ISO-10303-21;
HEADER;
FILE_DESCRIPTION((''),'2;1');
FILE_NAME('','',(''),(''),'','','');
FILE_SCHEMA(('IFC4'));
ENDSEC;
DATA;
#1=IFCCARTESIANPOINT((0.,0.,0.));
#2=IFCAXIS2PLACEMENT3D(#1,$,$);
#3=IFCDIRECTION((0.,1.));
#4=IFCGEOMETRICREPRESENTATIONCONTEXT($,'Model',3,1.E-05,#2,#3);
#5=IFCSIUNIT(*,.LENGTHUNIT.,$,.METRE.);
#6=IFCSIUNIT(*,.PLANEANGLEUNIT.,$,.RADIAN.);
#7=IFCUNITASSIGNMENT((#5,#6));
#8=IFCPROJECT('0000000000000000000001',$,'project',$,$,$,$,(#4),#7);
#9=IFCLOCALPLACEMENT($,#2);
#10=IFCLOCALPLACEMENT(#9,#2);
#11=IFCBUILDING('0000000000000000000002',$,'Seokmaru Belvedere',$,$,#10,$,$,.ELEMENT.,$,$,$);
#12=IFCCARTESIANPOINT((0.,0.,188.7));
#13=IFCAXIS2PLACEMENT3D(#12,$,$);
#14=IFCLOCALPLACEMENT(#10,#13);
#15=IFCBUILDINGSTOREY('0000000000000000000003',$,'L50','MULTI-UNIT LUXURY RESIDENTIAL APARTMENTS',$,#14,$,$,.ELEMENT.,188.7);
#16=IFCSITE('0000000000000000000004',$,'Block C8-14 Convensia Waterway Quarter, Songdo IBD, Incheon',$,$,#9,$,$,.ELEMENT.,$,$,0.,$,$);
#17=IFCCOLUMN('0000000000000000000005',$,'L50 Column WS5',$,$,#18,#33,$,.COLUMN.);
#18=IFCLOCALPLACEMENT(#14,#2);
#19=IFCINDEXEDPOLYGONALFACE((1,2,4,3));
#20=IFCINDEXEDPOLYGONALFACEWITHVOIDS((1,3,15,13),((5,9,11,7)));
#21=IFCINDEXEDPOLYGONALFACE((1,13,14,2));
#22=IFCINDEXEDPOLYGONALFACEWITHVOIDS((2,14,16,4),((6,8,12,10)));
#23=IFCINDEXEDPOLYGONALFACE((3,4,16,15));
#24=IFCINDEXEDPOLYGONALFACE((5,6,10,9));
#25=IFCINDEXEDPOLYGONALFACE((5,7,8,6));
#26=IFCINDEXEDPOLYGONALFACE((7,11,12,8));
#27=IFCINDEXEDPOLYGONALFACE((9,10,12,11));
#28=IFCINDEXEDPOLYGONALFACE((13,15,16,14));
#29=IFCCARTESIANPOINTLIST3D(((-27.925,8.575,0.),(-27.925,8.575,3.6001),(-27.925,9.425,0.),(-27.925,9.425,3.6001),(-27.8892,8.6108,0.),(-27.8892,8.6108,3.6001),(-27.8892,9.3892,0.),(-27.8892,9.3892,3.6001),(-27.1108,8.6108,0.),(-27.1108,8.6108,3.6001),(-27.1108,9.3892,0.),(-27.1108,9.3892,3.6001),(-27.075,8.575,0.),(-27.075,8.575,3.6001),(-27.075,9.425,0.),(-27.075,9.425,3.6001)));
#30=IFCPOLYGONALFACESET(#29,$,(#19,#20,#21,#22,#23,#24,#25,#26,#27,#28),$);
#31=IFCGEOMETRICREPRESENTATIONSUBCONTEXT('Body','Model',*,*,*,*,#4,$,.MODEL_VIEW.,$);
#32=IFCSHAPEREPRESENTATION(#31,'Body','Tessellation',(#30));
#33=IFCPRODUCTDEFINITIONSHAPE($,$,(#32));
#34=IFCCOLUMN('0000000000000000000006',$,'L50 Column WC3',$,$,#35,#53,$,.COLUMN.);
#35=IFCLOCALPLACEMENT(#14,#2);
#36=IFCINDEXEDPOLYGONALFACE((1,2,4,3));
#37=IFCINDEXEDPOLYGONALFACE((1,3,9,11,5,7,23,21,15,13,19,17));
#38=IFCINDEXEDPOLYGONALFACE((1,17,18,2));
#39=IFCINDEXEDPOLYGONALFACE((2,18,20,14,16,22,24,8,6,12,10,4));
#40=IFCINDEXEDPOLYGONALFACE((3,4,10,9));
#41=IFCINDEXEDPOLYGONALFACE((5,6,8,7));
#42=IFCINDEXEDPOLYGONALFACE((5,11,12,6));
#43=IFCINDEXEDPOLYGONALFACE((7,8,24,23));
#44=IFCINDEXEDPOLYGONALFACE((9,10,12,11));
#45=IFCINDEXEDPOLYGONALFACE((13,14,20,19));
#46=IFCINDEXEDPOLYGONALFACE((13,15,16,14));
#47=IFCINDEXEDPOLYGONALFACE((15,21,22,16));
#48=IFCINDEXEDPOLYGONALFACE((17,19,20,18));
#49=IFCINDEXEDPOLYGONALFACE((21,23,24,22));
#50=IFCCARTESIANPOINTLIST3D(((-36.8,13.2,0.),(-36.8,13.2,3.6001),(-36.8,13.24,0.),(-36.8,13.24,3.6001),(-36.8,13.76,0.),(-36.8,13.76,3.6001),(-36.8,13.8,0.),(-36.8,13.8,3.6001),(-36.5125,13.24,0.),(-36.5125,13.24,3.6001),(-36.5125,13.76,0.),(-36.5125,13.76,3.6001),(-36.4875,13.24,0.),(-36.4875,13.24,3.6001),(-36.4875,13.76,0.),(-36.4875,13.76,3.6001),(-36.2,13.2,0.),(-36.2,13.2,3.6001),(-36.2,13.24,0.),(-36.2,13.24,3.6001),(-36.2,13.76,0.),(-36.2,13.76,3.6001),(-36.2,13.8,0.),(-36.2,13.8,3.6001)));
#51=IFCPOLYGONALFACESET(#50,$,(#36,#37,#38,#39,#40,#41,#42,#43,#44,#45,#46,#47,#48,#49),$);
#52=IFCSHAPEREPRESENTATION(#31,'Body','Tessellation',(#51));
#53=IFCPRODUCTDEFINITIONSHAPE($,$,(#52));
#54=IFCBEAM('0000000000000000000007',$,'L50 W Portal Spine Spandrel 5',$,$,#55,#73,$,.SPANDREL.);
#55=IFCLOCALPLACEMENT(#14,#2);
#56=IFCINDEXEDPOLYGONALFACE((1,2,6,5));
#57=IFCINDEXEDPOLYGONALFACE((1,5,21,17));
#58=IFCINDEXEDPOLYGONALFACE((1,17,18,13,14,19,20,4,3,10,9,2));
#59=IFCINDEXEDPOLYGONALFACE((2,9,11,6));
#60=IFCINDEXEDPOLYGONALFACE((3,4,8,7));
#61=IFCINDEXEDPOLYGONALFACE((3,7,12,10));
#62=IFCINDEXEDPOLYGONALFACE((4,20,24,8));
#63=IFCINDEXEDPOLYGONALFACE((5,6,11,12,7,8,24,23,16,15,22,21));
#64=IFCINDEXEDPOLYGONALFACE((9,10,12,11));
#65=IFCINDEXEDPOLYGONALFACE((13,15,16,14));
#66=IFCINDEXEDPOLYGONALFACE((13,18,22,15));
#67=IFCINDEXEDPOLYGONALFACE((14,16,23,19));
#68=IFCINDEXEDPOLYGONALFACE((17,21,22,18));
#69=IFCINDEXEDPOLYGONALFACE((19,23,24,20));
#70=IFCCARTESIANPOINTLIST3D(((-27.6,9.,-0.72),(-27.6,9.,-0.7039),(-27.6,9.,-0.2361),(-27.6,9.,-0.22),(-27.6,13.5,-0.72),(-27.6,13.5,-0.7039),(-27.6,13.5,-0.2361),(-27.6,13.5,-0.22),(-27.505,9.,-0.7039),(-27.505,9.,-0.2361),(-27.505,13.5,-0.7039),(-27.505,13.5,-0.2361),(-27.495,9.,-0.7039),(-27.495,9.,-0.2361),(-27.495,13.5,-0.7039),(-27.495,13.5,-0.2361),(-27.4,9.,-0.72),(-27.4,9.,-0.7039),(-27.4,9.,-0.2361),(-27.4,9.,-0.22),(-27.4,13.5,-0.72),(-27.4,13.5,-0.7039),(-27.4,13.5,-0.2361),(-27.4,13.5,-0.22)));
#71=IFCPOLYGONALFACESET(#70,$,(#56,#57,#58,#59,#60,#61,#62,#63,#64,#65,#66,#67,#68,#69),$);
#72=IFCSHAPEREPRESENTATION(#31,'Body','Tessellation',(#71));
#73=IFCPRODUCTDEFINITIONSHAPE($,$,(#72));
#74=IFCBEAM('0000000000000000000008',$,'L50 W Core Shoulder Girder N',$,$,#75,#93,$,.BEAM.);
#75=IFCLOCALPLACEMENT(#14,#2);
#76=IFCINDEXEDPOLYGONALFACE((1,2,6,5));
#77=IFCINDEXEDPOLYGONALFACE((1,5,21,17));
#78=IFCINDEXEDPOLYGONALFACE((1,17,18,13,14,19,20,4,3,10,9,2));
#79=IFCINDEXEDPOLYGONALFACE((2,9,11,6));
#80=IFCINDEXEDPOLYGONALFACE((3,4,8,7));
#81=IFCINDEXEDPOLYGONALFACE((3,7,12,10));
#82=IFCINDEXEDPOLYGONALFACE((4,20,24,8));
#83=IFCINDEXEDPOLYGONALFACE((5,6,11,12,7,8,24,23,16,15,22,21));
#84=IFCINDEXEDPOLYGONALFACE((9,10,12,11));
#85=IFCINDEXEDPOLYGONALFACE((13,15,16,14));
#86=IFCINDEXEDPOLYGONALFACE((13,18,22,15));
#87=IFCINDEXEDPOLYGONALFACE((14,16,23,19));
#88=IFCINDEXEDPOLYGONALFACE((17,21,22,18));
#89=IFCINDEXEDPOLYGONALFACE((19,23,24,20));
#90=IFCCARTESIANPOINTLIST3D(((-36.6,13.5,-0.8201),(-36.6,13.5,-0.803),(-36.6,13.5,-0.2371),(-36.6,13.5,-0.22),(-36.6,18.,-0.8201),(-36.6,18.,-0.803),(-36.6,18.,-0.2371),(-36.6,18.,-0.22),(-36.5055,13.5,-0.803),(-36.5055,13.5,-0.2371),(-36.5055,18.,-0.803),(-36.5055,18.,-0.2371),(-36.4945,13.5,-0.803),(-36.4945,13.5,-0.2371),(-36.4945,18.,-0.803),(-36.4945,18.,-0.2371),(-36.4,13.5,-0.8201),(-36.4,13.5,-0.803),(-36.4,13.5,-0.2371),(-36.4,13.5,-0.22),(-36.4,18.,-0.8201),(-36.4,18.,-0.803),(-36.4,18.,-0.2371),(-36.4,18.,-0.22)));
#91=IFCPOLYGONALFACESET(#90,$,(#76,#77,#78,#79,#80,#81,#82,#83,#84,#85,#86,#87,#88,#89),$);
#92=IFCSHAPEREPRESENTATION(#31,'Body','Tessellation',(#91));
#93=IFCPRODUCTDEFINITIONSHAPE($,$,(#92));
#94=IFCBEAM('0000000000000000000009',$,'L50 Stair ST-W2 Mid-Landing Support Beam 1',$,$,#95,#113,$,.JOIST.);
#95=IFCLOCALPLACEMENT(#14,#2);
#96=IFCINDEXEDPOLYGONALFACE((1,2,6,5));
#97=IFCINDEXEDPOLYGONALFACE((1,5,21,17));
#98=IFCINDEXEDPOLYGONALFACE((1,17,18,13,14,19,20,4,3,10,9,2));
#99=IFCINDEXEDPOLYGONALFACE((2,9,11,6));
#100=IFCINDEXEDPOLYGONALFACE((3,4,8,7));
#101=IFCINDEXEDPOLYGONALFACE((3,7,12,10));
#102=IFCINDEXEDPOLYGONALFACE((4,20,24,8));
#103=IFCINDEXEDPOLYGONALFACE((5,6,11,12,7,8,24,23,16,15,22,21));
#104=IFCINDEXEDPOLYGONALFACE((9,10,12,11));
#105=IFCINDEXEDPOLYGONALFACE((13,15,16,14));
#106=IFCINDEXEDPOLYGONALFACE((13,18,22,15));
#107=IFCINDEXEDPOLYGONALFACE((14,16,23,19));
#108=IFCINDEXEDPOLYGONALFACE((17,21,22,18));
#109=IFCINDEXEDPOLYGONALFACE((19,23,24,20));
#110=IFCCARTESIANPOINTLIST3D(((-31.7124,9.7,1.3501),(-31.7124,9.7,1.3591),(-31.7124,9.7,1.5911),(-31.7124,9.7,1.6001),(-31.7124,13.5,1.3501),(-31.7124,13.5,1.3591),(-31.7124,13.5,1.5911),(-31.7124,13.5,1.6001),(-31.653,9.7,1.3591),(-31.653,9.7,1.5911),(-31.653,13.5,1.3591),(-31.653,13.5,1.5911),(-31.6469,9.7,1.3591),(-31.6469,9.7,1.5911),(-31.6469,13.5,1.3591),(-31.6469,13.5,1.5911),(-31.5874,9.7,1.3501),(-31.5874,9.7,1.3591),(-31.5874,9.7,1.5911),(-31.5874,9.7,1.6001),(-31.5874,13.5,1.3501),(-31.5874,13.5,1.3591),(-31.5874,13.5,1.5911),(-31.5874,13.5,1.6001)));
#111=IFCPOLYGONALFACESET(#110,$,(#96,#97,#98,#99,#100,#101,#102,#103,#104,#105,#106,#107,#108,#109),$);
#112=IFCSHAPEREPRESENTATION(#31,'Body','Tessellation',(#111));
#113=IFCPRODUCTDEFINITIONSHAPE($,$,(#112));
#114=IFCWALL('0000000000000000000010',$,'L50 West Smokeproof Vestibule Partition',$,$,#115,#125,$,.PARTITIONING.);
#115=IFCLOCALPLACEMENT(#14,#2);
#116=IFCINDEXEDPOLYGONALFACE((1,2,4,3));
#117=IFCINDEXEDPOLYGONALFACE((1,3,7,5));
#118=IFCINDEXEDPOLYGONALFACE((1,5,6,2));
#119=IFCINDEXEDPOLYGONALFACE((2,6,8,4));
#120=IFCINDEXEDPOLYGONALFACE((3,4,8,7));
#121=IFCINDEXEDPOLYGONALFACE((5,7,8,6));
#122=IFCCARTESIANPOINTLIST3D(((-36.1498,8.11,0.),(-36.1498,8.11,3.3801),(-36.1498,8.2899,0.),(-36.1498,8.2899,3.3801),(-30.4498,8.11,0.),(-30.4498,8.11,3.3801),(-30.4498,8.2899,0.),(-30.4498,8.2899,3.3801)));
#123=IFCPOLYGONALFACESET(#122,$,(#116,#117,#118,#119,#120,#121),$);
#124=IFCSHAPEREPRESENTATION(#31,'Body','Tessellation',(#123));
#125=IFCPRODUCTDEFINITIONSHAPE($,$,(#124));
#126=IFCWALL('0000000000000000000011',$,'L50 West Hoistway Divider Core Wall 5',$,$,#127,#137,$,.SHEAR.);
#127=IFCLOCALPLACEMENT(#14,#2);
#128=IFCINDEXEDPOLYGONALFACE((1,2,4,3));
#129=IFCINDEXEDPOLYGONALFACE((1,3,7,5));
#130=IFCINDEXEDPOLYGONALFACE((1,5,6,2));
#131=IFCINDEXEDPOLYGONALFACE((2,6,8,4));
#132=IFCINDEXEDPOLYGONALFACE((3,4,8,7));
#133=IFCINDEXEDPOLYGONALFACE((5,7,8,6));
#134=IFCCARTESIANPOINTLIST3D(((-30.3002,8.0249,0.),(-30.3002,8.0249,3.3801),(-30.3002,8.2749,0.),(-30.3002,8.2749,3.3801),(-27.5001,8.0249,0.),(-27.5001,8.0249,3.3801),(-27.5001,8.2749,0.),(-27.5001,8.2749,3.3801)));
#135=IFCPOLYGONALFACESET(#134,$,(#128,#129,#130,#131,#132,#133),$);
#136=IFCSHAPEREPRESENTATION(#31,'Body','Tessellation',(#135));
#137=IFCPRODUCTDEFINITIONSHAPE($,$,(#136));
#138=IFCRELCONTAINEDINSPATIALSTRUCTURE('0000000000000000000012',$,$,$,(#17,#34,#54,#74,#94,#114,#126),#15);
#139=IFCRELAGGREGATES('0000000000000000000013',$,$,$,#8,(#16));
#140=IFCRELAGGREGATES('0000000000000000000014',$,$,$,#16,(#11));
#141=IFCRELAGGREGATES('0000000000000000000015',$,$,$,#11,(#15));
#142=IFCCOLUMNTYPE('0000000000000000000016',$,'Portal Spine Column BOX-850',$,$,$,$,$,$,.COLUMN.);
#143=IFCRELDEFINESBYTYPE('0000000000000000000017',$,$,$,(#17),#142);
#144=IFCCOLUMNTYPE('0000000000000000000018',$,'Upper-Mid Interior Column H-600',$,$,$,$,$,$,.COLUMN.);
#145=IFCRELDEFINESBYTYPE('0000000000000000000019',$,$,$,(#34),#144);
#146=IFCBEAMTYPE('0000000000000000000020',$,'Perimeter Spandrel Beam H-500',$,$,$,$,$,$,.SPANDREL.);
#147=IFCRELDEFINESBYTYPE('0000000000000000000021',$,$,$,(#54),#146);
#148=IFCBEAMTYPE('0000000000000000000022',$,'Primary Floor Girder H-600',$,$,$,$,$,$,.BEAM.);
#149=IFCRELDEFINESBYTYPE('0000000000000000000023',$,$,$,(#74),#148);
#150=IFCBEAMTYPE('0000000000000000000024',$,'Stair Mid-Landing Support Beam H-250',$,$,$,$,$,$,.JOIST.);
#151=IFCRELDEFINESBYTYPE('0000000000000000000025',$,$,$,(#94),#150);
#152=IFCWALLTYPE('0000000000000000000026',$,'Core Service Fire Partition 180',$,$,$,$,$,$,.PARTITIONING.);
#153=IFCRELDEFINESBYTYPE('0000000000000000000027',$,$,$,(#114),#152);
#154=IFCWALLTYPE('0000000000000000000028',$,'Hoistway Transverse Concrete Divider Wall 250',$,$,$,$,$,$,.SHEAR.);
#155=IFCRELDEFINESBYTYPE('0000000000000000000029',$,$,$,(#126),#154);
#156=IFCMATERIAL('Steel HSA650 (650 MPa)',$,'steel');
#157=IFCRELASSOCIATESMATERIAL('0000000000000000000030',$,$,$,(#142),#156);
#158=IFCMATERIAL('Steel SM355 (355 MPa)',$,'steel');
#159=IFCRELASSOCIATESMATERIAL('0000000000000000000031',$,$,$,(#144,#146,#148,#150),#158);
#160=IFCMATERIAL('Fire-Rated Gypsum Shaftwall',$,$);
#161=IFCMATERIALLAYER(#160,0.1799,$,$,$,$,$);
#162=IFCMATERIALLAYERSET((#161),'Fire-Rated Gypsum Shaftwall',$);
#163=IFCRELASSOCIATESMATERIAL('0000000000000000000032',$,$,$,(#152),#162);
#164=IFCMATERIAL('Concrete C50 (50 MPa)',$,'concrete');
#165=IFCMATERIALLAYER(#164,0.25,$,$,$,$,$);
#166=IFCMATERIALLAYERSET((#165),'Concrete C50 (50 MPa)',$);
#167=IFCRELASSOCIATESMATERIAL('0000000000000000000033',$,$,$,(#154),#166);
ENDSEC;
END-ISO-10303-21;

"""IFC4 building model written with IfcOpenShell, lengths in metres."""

from ifc_helpers import new_model, si_unit, direction, frame, frame_2d, origin, origin_2d, place, context, subcontext, project, spatial, rectangle, hollow_rectangle, i_section, extrude, source, transform, mapped, material, layer, layer_set, material_profile, profile_set, type_object, type_shapes, element, save


model = new_model("IFC4")

# Units and contexts
model_context = context("Model", 3, precision=1e-05, world=origin(), true_north=direction((0.0, 1.0)))
body_context = subcontext(model_context, "Body", "Model", "MODEL_VIEW")
ifc_project = project(units=[si_unit("LENGTHUNIT", "METRE"), si_unit("PLANEANGLEUNIT", "RADIAN")], contexts=[model_context])

# Site, building, storey
site_placement = place(None, origin())
site = spatial("IfcSite", under=ifc_project, at=site_placement, Name="Block C8-14 Convensia Waterway Quarter, Songdo IBD, Incheon", CompositionType="ELEMENT", RefElevation=0.0)
building_placement = place(site_placement, origin())
building = spatial("IfcBuilding", under=site, at=building_placement, Name="Seokmaru Belvedere", CompositionType="ELEMENT")
storey_placement = place(building_placement, frame((0.0, 0.0, 188.7)))
storey = spatial("IfcBuildingStorey", under=building, at=storey_placement, Name="L50", Description="MULTI-UNIT LUXURY RESIDENTIAL APARTMENTS", CompositionType="ELEMENT", Elevation=188.7)

# Columns
ifc_material_1 = material(Name="Steel HSA650 (650 MPa)", Category="steel")
ifc_material_profile_1 = material_profile(ifc_material_1, hollow_rectangle(XDim=0.8501, YDim=0.8501, WallThickness=0.0359, at=origin_2d()), Name="BOX-850x850x36")
ifc_profile_set_1 = profile_set([ifc_material_profile_1], Name="Steel HSA650 (650 MPa)")
column_type_1 = type_object("IfcColumnType", Name="Portal Spine Column BOX-850", PredefinedType="COLUMN", material=ifc_profile_set_1)
shared_shape_1 = source(origin(), body_context, "Body", "SweptSolid", [
    extrude(hollow_rectangle(XDim=0.8501, YDim=0.8501, WallThickness=0.0359, at=origin_2d()), origin(), (0.0, 0.0, 1.0), 3.6001),
])
type_shapes(column_type_1, [shared_shape_1])
column_1_placement = place(storey_placement, frame((-27.5, 9.0, 0.0), z_axis=(0.0, 0.0, 1.0), x_axis=(1.0, 0.0, 0.0)))
element("IfcColumn", 1, at=column_1_placement, inside=storey, type_object=column_type_1, Name="L50 Column WS5", PredefinedType="COLUMN", context=body_context, shape_type="MappedRepresentation", body=[
    mapped(shared_shape_1, transform((0.0, 0.0, 0.0), scale=1.0)),
])
ifc_material_2 = material(Name="Steel SM355 (355 MPa)", Category="steel")
ifc_material_profile_2 = material_profile(ifc_material_2, i_section(OverallWidth=0.6001, OverallDepth=0.6001, WebThickness=0.0249, FlangeThickness=0.04, at=origin_2d()), Name="H-600x600x25x40")
ifc_profile_set_2 = profile_set([ifc_material_profile_2], Name="Steel SM355 (355 MPa)")
column_type_2 = type_object("IfcColumnType", Name="Upper-Mid Interior Column H-600", PredefinedType="COLUMN", material=ifc_profile_set_2)
shared_shape_2 = source(origin(), body_context, "Body", "SweptSolid", [
    extrude(i_section(OverallWidth=0.6001, OverallDepth=0.6001, WebThickness=0.0249, FlangeThickness=0.04, at=origin_2d()), origin(), (0.0, 0.0, 1.0), 3.6001),
])
type_shapes(column_type_2, [shared_shape_2])
column_2_placement = place(storey_placement, frame((-36.5, 13.5, 0.0), z_axis=(0.0, 0.0, 1.0), x_axis=(1.0, 0.0, 0.0)))
element("IfcColumn", 2, at=column_2_placement, inside=storey, type_object=column_type_2, Name="L50 Column WC3", PredefinedType="COLUMN", context=body_context, shape_type="MappedRepresentation", body=[
    mapped(shared_shape_2, transform((0.0, 0.0, 0.0), scale=1.0)),
])

# Beams
ifc_material_profile_3 = material_profile(ifc_material_2, i_section(OverallWidth=0.2, OverallDepth=0.5, WebThickness=0.01, FlangeThickness=0.0161, at=origin_2d()), Name="H-500x200x10x16")
ifc_profile_set_3 = profile_set([ifc_material_profile_3], Name="Steel SM355 (355 MPa)")
beam_type_1 = type_object("IfcBeamType", Name="Perimeter Spandrel Beam H-500", PredefinedType="SPANDREL", material=ifc_profile_set_3)
shared_shape_3 = source(origin(), body_context, "Body", "SweptSolid", [
    extrude(i_section(OverallWidth=0.2, OverallDepth=0.5, WebThickness=0.01, FlangeThickness=0.0161, at=origin_2d()), origin(), (0.0, 0.0, 1.0), 4.5),
])
type_shapes(beam_type_1, [shared_shape_3])
beam_1_placement = place(storey_placement, frame((-27.5, 9.0, -0.47), z_axis=(0.0, 1.0, 0.0), x_axis=(-1.0, 0.0, 0.0)))
element("IfcBeam", 3, at=beam_1_placement, inside=storey, type_object=beam_type_1, Name="L50 W Portal Spine Spandrel 5", PredefinedType="SPANDREL", context=body_context, shape_type="MappedRepresentation", body=[
    mapped(shared_shape_3, transform((0.0, 0.0, 0.0), scale=1.0)),
])
ifc_material_profile_4 = material_profile(ifc_material_2, i_section(OverallWidth=0.2, OverallDepth=0.6001, WebThickness=0.011, FlangeThickness=0.0171, at=origin_2d()), Name="H-600x200x11x17")
ifc_profile_set_4 = profile_set([ifc_material_profile_4], Name="Steel SM355 (355 MPa)")
beam_type_2 = type_object("IfcBeamType", Name="Primary Floor Girder H-600", PredefinedType="BEAM", material=ifc_profile_set_4)
shared_shape_4 = source(origin(), body_context, "Body", "SweptSolid", [
    extrude(i_section(OverallWidth=0.2, OverallDepth=0.6001, WebThickness=0.011, FlangeThickness=0.0171, at=origin_2d()), origin(), (0.0, 0.0, 1.0), 4.5),
])
type_shapes(beam_type_2, [shared_shape_4])
beam_2_placement = place(storey_placement, frame((-36.5, 13.5, -0.52), z_axis=(0.0, 1.0, 0.0), x_axis=(-1.0, 0.0, 0.0)))
element("IfcBeam", 4, at=beam_2_placement, inside=storey, type_object=beam_type_2, Name="L50 W Core Shoulder Girder N", PredefinedType="BEAM", context=body_context, shape_type="MappedRepresentation", body=[
    mapped(shared_shape_4, transform((0.0, 0.0, 0.0), scale=1.0)),
])
ifc_material_profile_5 = material_profile(ifc_material_2, i_section(OverallWidth=0.125, OverallDepth=0.25, WebThickness=0.0061, FlangeThickness=0.009, at=origin_2d()), Name="H-250x125x6x9")
ifc_profile_set_5 = profile_set([ifc_material_profile_5], Name="Steel SM355 (355 MPa)")
beam_type_3 = type_object("IfcBeamType", Name="Stair Mid-Landing Support Beam H-250", PredefinedType="JOIST", material=ifc_profile_set_5)
shared_shape_5 = source(origin(), body_context, "Body", "SweptSolid", [
    extrude(i_section(OverallWidth=0.125, OverallDepth=0.25, WebThickness=0.0061, FlangeThickness=0.009, at=origin_2d()), origin(), (0.0, 0.0, 1.0), 3.8),
])
type_shapes(beam_type_3, [shared_shape_5])
beam_3_placement = place(storey_placement, frame((-31.6499, 9.7, 1.4751), z_axis=(0.0, 1.0, 0.0), x_axis=(-1.0, 0.0, 0.0)))
element("IfcBeam", 5, at=beam_3_placement, inside=storey, type_object=beam_type_3, Name="L50 Stair ST-W2 Mid-Landing Support Beam 1", PredefinedType="JOIST", context=body_context, shape_type="MappedRepresentation", body=[
    mapped(shared_shape_5, transform((0.0, 0.0, 0.0), scale=1.0)),
])

# Walls
ifc_material_3 = material(Name="Fire-Rated Gypsum Shaftwall")
ifc_layer_1 = layer(ifc_material_3, 0.1799)
ifc_layer_set_1 = layer_set([ifc_layer_1], Name="Fire-Rated Gypsum Shaftwall")
wall_type_1 = type_object("IfcWallType", Name="Core Service Fire Partition 180", PredefinedType="PARTITIONING", material=ifc_layer_set_1)
wall_1_placement = place(storey_placement, frame((-36.1499, 8.2, 0.0), z_axis=(0.0, 0.0, 1.0), x_axis=(1.0, 0.0, 0.0)))
element("IfcWall", 6, at=wall_1_placement, inside=storey, type_object=wall_type_1, Name="L50 West Smokeproof Vestibule Partition", PredefinedType="PARTITIONING", context=body_context, shape_type="SweptSolid", body=[
    extrude(rectangle(XDim=5.7, YDim=0.1799, at=frame_2d((2.8501, 0.0))), origin(), (0.0, 0.0, 1.0), 3.3801),
])
ifc_material_4 = material(Name="Concrete C50 (50 MPa)", Category="concrete")
ifc_layer_2 = layer(ifc_material_4, 0.25)
ifc_layer_set_2 = layer_set([ifc_layer_2], Name="Concrete C50 (50 MPa)")
wall_type_2 = type_object("IfcWallType", Name="Hoistway Transverse Concrete Divider Wall 250", PredefinedType="SHEAR", material=ifc_layer_set_2)
wall_2_placement = place(storey_placement, frame((-30.3, 8.1499, 0.0), z_axis=(0.0, 0.0, 1.0), x_axis=(1.0, 0.0, 0.0)))
element("IfcWall", 7, at=wall_2_placement, inside=storey, type_object=wall_type_2, Name="L50 West Hoistway Divider Core Wall 5", PredefinedType="SHEAR", context=body_context, shape_type="SweptSolid", body=[
    extrude(rectangle(XDim=2.8, YDim=0.25, at=frame_2d((1.3999, 0.0))), origin(), (0.0, 0.0, 1.0), 3.3801),
])

save(model, "model.ifc")
